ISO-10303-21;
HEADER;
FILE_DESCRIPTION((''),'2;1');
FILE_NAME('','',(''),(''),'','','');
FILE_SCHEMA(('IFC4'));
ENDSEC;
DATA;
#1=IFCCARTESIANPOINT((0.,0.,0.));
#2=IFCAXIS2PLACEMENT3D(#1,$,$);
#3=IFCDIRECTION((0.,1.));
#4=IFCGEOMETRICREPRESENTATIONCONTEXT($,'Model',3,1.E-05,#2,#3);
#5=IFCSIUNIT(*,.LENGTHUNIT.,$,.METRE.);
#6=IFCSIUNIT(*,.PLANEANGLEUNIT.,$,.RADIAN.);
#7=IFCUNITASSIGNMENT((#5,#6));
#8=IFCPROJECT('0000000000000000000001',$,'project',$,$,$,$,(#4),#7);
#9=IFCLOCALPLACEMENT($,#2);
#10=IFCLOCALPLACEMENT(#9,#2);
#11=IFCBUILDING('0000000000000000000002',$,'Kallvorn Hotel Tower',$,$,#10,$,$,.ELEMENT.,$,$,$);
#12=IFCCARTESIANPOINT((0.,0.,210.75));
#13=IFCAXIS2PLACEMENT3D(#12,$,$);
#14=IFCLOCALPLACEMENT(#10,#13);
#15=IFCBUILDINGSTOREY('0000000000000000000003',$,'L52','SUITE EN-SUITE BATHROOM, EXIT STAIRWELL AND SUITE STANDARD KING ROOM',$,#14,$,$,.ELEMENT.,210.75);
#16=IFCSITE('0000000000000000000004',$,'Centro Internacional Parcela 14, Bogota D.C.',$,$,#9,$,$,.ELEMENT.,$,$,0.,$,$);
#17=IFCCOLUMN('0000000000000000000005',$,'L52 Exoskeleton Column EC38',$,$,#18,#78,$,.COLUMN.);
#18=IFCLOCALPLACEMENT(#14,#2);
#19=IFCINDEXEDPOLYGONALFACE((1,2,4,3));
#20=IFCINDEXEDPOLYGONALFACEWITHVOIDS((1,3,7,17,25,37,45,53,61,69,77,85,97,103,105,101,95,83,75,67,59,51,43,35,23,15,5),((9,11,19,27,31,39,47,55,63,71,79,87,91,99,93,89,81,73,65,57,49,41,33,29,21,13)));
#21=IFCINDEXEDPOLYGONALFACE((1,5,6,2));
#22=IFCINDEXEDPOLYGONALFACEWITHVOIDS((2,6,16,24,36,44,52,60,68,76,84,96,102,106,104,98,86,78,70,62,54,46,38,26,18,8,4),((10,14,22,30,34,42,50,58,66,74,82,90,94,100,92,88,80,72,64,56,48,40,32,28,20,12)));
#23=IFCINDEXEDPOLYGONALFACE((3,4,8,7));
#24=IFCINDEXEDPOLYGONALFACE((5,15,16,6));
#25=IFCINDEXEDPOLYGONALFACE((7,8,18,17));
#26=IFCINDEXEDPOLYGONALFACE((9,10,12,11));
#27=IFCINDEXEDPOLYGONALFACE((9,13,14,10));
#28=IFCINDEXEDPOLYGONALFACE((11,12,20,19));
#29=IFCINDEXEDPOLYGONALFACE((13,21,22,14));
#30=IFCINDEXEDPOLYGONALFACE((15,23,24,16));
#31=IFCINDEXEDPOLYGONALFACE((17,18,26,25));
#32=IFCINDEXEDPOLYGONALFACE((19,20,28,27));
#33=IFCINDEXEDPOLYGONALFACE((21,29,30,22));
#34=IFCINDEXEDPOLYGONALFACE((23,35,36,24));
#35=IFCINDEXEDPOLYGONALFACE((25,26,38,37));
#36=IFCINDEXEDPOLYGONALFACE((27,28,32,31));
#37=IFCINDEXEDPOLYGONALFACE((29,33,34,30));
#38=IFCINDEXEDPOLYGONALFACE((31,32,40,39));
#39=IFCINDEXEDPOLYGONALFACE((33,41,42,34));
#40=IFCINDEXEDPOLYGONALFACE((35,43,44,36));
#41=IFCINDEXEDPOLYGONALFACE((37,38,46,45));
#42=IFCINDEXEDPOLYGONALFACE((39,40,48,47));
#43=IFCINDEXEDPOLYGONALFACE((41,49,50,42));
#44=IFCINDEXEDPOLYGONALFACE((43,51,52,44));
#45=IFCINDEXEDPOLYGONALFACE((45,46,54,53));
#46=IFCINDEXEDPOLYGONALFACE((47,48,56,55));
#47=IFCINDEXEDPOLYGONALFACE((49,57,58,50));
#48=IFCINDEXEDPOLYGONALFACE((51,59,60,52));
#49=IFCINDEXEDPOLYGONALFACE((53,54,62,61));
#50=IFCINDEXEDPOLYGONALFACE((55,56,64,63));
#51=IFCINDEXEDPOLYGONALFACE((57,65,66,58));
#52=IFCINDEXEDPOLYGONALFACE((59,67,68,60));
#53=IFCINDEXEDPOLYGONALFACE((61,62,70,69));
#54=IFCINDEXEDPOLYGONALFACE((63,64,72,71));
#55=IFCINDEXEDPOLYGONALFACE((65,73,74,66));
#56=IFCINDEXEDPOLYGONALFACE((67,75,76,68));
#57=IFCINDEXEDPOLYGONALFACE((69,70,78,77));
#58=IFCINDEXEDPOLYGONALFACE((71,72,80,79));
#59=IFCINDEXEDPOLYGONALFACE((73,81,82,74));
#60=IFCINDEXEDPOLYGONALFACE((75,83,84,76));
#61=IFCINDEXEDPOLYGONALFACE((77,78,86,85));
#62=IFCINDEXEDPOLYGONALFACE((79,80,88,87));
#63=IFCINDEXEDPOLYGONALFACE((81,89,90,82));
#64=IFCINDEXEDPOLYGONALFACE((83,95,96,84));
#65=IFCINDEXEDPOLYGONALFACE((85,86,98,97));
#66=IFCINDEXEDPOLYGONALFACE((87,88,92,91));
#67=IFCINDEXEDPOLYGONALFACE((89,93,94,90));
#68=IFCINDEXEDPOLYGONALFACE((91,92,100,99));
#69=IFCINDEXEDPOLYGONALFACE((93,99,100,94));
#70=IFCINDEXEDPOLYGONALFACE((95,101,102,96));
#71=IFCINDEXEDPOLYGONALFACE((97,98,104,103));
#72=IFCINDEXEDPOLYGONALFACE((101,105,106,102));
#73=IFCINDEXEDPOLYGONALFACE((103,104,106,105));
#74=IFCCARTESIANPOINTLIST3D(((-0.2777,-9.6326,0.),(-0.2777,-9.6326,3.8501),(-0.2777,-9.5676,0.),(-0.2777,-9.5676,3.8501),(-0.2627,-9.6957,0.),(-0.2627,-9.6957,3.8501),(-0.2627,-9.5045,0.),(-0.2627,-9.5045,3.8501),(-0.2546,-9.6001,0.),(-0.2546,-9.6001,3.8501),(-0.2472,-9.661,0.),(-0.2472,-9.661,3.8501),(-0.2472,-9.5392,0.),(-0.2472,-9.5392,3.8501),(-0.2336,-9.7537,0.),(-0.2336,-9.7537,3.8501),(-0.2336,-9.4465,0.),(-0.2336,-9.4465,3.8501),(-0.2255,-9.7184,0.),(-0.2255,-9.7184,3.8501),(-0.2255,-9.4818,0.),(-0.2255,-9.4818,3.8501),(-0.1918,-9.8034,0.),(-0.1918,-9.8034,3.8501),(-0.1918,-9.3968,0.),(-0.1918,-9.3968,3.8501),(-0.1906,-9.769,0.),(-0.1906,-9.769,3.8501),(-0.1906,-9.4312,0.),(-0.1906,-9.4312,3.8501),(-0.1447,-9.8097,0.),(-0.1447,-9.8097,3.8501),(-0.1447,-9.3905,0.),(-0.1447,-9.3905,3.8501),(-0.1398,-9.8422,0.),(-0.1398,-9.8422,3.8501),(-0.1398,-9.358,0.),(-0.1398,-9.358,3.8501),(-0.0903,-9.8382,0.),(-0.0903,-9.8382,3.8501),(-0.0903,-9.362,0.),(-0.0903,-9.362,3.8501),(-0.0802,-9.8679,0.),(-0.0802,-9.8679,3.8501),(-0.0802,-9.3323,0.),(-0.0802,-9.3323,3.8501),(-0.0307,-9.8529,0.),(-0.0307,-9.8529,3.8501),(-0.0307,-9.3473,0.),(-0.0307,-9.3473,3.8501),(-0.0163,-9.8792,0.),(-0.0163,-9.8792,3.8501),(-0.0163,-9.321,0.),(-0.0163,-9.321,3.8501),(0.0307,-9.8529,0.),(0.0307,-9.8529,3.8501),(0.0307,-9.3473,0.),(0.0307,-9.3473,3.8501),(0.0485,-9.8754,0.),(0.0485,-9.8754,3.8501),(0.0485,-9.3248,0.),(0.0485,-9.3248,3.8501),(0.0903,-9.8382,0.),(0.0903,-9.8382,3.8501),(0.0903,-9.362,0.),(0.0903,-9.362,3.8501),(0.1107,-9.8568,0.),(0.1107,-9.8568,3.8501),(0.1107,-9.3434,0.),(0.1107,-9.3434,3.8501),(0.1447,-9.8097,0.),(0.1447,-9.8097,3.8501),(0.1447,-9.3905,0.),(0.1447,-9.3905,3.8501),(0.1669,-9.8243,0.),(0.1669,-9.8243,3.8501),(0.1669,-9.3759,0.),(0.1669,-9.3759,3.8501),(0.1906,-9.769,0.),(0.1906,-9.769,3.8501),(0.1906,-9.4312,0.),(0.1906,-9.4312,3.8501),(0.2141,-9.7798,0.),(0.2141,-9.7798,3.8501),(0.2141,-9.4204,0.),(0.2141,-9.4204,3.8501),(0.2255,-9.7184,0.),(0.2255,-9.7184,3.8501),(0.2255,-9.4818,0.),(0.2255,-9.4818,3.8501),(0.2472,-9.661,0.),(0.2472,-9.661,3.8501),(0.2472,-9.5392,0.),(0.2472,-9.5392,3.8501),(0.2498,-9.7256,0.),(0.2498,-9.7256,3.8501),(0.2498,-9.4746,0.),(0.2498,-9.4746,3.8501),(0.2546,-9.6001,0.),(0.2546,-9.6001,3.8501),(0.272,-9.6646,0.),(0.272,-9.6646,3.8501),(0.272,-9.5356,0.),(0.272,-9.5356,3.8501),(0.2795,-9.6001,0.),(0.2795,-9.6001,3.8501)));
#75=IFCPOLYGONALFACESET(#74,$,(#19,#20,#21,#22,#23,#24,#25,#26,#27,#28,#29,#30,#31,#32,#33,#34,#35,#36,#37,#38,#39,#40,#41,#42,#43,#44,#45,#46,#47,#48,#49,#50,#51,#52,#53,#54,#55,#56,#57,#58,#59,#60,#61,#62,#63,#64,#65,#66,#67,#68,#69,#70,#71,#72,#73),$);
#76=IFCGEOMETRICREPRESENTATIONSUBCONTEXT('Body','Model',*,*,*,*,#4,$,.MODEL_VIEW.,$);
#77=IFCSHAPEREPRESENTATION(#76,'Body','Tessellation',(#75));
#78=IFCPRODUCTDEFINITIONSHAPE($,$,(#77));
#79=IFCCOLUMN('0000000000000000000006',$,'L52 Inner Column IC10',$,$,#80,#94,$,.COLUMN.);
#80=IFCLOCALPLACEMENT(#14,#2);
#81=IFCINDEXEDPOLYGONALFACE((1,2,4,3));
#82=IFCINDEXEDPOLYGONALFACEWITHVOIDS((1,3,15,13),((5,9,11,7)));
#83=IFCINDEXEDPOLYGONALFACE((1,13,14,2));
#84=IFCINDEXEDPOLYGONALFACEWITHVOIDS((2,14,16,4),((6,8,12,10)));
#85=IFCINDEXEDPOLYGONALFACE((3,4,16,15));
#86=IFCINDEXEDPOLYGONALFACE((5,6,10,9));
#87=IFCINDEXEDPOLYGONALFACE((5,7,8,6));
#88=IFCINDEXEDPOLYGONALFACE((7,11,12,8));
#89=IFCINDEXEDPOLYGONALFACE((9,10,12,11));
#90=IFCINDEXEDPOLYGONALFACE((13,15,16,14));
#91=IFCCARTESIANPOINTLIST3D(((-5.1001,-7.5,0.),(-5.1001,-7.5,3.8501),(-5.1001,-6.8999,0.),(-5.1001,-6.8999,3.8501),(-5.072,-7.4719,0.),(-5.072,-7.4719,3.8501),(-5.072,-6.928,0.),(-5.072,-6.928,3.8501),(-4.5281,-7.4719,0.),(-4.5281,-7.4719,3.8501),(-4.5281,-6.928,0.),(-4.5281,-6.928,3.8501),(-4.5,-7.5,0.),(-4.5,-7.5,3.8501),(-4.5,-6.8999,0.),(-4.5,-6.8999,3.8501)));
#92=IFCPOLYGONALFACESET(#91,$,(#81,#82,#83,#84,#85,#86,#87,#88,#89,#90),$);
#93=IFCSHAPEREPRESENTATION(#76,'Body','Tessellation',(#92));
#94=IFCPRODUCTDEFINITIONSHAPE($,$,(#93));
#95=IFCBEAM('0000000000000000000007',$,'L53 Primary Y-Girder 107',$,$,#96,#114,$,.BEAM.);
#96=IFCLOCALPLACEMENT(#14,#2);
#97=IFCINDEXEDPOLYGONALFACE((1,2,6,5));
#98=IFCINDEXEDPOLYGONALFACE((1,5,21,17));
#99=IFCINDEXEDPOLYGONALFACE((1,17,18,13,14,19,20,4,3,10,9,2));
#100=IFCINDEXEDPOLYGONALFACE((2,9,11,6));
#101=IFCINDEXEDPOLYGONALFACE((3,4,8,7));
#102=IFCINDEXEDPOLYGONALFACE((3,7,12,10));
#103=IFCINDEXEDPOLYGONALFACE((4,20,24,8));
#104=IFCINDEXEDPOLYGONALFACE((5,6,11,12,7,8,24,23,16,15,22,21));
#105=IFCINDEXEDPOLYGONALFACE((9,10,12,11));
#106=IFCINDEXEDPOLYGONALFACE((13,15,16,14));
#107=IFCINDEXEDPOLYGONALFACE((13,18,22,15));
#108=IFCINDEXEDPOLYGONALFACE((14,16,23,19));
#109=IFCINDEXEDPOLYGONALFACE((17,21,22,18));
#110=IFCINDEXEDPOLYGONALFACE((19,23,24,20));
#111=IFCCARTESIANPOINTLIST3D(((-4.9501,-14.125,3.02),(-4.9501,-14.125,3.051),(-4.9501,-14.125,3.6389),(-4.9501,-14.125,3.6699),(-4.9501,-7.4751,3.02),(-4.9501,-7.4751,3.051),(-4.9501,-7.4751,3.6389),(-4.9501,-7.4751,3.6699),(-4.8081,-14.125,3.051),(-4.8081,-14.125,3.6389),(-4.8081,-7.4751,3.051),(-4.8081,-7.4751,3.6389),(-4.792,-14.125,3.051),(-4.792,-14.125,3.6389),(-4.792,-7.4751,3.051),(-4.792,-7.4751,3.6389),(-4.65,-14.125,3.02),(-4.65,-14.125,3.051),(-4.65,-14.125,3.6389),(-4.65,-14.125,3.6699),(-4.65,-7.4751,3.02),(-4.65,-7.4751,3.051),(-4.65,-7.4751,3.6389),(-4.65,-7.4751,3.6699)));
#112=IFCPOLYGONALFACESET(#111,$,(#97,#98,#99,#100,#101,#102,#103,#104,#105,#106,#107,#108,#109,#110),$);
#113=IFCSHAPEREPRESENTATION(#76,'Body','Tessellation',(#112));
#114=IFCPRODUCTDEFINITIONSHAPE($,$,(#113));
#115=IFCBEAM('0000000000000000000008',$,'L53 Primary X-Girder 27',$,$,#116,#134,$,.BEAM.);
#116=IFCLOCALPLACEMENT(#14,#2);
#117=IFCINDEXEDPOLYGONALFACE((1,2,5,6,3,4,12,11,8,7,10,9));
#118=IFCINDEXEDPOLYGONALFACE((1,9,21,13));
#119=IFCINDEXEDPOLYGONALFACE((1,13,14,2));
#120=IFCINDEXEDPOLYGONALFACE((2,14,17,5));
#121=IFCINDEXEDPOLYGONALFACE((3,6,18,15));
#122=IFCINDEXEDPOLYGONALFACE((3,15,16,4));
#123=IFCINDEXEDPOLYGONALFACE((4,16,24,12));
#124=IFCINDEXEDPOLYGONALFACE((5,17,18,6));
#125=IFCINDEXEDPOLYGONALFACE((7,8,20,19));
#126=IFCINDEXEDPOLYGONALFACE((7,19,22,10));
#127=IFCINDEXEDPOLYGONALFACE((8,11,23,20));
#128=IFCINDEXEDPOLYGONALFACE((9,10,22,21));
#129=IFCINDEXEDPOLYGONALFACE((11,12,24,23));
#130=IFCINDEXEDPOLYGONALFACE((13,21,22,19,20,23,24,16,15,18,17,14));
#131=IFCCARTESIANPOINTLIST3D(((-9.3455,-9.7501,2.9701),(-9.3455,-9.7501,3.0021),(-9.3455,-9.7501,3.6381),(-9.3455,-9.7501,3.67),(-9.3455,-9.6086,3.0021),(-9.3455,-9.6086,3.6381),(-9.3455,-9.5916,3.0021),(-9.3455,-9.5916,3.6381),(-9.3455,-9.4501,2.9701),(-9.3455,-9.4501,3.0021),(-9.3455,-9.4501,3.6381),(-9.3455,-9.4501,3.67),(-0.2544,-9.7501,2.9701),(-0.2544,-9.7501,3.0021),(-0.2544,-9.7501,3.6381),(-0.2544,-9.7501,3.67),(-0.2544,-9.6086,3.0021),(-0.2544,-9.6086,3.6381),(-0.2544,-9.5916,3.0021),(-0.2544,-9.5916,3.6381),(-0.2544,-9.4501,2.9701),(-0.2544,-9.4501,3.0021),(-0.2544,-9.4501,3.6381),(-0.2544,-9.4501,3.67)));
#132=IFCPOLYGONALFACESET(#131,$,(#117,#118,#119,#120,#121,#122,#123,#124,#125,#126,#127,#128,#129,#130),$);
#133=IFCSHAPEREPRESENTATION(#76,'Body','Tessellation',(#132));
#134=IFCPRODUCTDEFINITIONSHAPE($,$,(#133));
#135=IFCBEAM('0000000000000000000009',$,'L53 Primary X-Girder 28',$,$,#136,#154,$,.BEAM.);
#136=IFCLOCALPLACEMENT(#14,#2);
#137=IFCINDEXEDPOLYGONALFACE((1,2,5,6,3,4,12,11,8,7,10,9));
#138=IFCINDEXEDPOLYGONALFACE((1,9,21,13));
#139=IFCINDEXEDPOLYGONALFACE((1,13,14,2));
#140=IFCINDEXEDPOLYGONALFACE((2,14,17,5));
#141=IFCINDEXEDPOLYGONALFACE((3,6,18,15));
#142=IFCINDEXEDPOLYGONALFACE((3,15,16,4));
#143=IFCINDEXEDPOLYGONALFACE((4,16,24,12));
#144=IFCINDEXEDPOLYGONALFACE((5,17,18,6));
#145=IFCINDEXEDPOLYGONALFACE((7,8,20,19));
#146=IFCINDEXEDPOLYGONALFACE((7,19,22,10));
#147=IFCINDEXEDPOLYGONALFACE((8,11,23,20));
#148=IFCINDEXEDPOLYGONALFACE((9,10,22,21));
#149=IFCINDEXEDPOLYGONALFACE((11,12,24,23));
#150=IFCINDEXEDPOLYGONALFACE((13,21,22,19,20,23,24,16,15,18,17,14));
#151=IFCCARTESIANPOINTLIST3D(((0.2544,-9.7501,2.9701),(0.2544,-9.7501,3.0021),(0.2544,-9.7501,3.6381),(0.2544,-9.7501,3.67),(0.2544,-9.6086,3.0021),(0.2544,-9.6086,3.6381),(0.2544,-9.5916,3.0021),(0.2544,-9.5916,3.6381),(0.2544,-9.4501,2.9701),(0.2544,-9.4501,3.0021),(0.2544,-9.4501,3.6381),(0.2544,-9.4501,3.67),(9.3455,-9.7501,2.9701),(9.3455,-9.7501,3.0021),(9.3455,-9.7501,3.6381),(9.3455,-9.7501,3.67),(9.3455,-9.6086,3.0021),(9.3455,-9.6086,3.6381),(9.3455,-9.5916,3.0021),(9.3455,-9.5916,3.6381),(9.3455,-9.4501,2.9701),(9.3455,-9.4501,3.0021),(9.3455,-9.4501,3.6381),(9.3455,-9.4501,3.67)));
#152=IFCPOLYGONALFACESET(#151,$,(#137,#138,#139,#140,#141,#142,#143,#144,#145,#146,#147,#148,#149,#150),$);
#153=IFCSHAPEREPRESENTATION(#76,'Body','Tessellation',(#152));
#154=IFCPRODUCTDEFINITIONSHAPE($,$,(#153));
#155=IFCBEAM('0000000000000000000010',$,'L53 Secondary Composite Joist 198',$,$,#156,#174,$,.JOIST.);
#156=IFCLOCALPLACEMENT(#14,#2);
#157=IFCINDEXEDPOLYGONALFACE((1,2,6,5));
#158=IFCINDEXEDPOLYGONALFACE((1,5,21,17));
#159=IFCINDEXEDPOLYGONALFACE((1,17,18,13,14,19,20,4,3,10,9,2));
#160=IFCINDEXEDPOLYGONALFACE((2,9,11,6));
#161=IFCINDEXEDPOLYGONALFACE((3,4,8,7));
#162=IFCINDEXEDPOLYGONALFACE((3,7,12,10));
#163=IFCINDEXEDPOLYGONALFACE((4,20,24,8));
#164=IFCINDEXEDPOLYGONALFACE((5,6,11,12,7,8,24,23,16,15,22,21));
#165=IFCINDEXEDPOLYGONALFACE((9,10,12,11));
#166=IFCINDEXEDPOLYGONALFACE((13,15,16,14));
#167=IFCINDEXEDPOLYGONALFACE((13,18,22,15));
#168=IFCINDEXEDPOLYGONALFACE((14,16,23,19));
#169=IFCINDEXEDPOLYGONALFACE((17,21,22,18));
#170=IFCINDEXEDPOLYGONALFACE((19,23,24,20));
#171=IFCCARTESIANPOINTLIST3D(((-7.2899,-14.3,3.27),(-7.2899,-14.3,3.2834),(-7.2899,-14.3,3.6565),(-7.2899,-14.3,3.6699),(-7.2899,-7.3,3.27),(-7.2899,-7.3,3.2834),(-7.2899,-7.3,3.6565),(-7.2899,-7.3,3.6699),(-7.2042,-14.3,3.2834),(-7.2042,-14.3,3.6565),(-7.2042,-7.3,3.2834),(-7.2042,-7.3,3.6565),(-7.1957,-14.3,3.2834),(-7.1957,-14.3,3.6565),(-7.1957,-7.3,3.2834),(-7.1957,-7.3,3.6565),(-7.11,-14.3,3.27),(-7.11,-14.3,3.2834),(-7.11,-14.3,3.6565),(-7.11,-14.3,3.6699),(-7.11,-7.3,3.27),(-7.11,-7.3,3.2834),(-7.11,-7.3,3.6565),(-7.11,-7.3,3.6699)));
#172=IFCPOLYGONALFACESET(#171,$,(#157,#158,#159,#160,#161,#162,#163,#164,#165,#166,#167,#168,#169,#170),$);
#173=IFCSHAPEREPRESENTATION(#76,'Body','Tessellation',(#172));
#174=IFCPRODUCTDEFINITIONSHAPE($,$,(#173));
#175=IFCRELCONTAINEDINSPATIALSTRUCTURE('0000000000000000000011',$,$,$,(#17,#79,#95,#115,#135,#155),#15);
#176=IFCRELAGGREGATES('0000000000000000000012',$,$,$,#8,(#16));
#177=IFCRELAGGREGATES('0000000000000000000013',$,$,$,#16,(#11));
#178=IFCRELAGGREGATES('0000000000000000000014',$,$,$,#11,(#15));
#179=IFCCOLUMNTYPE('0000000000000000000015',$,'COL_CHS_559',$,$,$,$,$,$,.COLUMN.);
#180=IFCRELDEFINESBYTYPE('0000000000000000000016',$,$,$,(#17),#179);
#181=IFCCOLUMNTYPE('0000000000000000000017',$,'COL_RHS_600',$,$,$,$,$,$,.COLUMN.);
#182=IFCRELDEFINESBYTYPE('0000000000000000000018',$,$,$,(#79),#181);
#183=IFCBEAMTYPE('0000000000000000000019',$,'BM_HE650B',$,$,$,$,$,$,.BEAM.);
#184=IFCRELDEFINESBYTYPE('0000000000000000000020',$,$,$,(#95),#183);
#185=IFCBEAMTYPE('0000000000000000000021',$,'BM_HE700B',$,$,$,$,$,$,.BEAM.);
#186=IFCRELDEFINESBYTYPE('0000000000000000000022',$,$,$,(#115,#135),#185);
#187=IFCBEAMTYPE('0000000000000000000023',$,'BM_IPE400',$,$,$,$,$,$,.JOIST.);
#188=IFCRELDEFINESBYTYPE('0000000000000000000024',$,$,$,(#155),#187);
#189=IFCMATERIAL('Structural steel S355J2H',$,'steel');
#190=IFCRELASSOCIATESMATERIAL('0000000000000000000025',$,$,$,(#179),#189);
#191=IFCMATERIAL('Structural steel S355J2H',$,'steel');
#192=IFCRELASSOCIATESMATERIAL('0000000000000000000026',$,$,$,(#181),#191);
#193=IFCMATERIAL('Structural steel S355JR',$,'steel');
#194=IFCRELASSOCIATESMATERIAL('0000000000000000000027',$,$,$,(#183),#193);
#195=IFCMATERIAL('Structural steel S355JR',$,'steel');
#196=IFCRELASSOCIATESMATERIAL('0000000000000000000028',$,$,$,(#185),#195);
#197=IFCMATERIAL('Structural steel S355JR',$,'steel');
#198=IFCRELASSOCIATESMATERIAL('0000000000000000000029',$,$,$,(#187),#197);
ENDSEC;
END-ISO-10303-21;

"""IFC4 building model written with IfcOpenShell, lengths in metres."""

from ifc_helpers import new_model, si_unit, direction, frame, origin, origin_2d, place, context, subcontext, project, spatial, hollow_rectangle, hollow_circle, i_section, extrude, material, material_profile, profile_set, type_object, element, save


model = new_model("IFC4")

# Units and contexts
model_context = context("Model", 3, precision=1e-05, world=origin(), true_north=direction((0.0, 1.0)))
body_context = subcontext(model_context, "Body", "Model", "MODEL_VIEW")
ifc_project = project(units=[si_unit("LENGTHUNIT", "METRE"), si_unit("PLANEANGLEUNIT", "RADIAN")], contexts=[model_context])

# Site, building, storey
site_placement = place(None, origin())
site = spatial("IfcSite", under=ifc_project, at=site_placement, Name="Centro Internacional Parcela 14, Bogota D.C.", CompositionType="ELEMENT", RefElevation=0.0)
building_placement = place(site_placement, origin())
building = spatial("IfcBuilding", under=site, at=building_placement, Name="Kallvorn Hotel Tower", CompositionType="ELEMENT")
storey_placement = place(building_placement, frame((0.0, 0.0, 210.75)))
storey = spatial("IfcBuildingStorey", under=building, at=storey_placement, Name="L52", Description="SUITE EN-SUITE BATHROOM, EXIT STAIRWELL AND SUITE STANDARD KING ROOM", CompositionType="ELEMENT", Elevation=210.75)

# Columns
ifc_material_1 = material(Name="Structural steel S355J2H", Category="steel")
ifc_material_profile_1 = material_profile(ifc_material_1, hollow_circle(Radius=0.2795, WallThickness=0.0249, at=origin_2d()), Name="CHS 559x25")
ifc_profile_set_1 = profile_set([ifc_material_profile_1], Name="Structural steel S355J2H")
column_type_1 = type_object("IfcColumnType", Name="COL_CHS_559", PredefinedType="COLUMN", material=ifc_profile_set_1)
column_1_placement = place(storey_placement, frame((0.0, -9.6001, 0.0), z_axis=(0.0, 0.0, 1.0), x_axis=(1.0, 0.0, 0.0)))
element("IfcColumn", 1, at=column_1_placement, inside=storey, type_object=column_type_1, Name="L52 Exoskeleton Column EC38", PredefinedType="COLUMN", context=body_context, shape_type="SweptSolid", body=[
    extrude(hollow_circle(Radius=0.2795, WallThickness=0.0249, at=origin_2d()), origin(), (0.0, 0.0, 1.0), 3.8501),
])
ifc_material_2 = material(Name="Structural steel S355J2H", Category="steel")
ifc_material_profile_2 = material_profile(ifc_material_2, hollow_rectangle(XDim=0.6001, YDim=0.6001, WallThickness=0.0281, at=origin_2d()), Name="RHS 600x600x28")
ifc_profile_set_2 = profile_set([ifc_material_profile_2], Name="Structural steel S355J2H")
column_type_2 = type_object("IfcColumnType", Name="COL_RHS_600", PredefinedType="COLUMN", material=ifc_profile_set_2)
column_2_placement = place(storey_placement, frame((-4.8, -7.2, 0.0), z_axis=(0.0, 0.0, 1.0), x_axis=(1.0, 0.0, 0.0)))
element("IfcColumn", 2, at=column_2_placement, inside=storey, type_object=column_type_2, Name="L52 Inner Column IC10", PredefinedType="COLUMN", context=body_context, shape_type="SweptSolid", body=[
    extrude(hollow_rectangle(XDim=0.6001, YDim=0.6001, WallThickness=0.0281, at=origin_2d()), origin(), (0.0, 0.0, 1.0), 3.8501),
])

# Beams
ifc_material_3 = material(Name="Structural steel S355JR", Category="steel")
ifc_material_profile_3 = material_profile(ifc_material_3, i_section(OverallWidth=0.3, OverallDepth=0.6499, WebThickness=0.0161, FlangeThickness=0.031, at=origin_2d()), Name="HE 650 B")
ifc_profile_set_3 = profile_set([ifc_material_profile_3], Name="Structural steel S355JR")
beam_type_1 = type_object("IfcBeamType", Name="BM_HE650B", PredefinedType="BEAM", material=ifc_profile_set_3)
beam_1_placement = place(storey_placement, frame((-4.8, -14.125, 3.345), z_axis=(0.0, 1.0, 0.0), x_axis=(-1.0, 0.0, 0.0)))
element("IfcBeam", 3, at=beam_1_placement, inside=storey, type_object=beam_type_1, Name="L53 Primary Y-Girder 107", PredefinedType="BEAM", context=body_context, shape_type="SweptSolid", body=[
    extrude(i_section(OverallWidth=0.3, OverallDepth=0.6499, WebThickness=0.0161, FlangeThickness=0.031, at=origin_2d()), origin(), (0.0, 0.0, 1.0), 6.6499),
])
ifc_material_4 = material(Name="Structural steel S355JR", Category="steel")
ifc_material_profile_4 = material_profile(ifc_material_4, i_section(OverallWidth=0.3, OverallDepth=0.7, WebThickness=0.0171, FlangeThickness=0.032, at=origin_2d()), Name="HE 700 B")
ifc_profile_set_4 = profile_set([ifc_material_profile_4], Name="Structural steel S355JR")
beam_type_2 = type_object("IfcBeamType", Name="BM_HE700B", PredefinedType="BEAM", material=ifc_profile_set_4)
for number, where, z_axis, x_axis, name in (
    (4, (-9.3455, -9.6001, 3.3201), (1.0, 0.0, 0.0), (0.0, 1.0, 0.0), "L53 Primary X-Girder 27"),
    (5, (0.2544, -9.6001, 3.3201), (1.0, 0.0, 0.0), (0.0, 1.0, 0.0), "L53 Primary X-Girder 28"),
):
    element("IfcBeam", number, at=place(storey_placement, frame(where, z_axis=z_axis, x_axis=x_axis)), inside=storey, type_object=beam_type_2, Name=name, PredefinedType="BEAM", context=body_context, shape_type="SweptSolid", body=[
        extrude(i_section(OverallWidth=0.3, OverallDepth=0.7, WebThickness=0.0171, FlangeThickness=0.032, at=origin_2d()), origin(), (0.0, 0.0, 1.0), 9.0911),
    ])
ifc_material_5 = material(Name="Structural steel S355JR", Category="steel")
ifc_material_profile_5 = material_profile(ifc_material_5, i_section(OverallWidth=0.1799, OverallDepth=0.3999, WebThickness=0.0085, FlangeThickness=0.0134, at=origin_2d()), Name="IPE 400")
ifc_profile_set_5 = profile_set([ifc_material_profile_5], Name="Structural steel S355JR")
beam_type_3 = type_object("IfcBeamType", Name="BM_IPE400", PredefinedType="JOIST", material=ifc_profile_set_5)
for number, where, z_axis, x_axis, name in (
    (6, (-7.2, -14.3, 3.47), (0.0, 1.0, 0.0), (-1.0, 0.0, 0.0), "L53 Secondary Composite Joist 198"),
):
    element("IfcBeam", number, at=place(storey_placement, frame(where, z_axis=z_axis, x_axis=x_axis)), inside=storey, type_object=beam_type_3, Name=name, PredefinedType="JOIST", context=body_context, shape_type="SweptSolid", body=[
        extrude(i_section(OverallWidth=0.1799, OverallDepth=0.3999, WebThickness=0.0085, FlangeThickness=0.0134, at=origin_2d()), origin(), (0.0, 0.0, 1.0), 7.0),
    ])

save(model, "model.ifc")
